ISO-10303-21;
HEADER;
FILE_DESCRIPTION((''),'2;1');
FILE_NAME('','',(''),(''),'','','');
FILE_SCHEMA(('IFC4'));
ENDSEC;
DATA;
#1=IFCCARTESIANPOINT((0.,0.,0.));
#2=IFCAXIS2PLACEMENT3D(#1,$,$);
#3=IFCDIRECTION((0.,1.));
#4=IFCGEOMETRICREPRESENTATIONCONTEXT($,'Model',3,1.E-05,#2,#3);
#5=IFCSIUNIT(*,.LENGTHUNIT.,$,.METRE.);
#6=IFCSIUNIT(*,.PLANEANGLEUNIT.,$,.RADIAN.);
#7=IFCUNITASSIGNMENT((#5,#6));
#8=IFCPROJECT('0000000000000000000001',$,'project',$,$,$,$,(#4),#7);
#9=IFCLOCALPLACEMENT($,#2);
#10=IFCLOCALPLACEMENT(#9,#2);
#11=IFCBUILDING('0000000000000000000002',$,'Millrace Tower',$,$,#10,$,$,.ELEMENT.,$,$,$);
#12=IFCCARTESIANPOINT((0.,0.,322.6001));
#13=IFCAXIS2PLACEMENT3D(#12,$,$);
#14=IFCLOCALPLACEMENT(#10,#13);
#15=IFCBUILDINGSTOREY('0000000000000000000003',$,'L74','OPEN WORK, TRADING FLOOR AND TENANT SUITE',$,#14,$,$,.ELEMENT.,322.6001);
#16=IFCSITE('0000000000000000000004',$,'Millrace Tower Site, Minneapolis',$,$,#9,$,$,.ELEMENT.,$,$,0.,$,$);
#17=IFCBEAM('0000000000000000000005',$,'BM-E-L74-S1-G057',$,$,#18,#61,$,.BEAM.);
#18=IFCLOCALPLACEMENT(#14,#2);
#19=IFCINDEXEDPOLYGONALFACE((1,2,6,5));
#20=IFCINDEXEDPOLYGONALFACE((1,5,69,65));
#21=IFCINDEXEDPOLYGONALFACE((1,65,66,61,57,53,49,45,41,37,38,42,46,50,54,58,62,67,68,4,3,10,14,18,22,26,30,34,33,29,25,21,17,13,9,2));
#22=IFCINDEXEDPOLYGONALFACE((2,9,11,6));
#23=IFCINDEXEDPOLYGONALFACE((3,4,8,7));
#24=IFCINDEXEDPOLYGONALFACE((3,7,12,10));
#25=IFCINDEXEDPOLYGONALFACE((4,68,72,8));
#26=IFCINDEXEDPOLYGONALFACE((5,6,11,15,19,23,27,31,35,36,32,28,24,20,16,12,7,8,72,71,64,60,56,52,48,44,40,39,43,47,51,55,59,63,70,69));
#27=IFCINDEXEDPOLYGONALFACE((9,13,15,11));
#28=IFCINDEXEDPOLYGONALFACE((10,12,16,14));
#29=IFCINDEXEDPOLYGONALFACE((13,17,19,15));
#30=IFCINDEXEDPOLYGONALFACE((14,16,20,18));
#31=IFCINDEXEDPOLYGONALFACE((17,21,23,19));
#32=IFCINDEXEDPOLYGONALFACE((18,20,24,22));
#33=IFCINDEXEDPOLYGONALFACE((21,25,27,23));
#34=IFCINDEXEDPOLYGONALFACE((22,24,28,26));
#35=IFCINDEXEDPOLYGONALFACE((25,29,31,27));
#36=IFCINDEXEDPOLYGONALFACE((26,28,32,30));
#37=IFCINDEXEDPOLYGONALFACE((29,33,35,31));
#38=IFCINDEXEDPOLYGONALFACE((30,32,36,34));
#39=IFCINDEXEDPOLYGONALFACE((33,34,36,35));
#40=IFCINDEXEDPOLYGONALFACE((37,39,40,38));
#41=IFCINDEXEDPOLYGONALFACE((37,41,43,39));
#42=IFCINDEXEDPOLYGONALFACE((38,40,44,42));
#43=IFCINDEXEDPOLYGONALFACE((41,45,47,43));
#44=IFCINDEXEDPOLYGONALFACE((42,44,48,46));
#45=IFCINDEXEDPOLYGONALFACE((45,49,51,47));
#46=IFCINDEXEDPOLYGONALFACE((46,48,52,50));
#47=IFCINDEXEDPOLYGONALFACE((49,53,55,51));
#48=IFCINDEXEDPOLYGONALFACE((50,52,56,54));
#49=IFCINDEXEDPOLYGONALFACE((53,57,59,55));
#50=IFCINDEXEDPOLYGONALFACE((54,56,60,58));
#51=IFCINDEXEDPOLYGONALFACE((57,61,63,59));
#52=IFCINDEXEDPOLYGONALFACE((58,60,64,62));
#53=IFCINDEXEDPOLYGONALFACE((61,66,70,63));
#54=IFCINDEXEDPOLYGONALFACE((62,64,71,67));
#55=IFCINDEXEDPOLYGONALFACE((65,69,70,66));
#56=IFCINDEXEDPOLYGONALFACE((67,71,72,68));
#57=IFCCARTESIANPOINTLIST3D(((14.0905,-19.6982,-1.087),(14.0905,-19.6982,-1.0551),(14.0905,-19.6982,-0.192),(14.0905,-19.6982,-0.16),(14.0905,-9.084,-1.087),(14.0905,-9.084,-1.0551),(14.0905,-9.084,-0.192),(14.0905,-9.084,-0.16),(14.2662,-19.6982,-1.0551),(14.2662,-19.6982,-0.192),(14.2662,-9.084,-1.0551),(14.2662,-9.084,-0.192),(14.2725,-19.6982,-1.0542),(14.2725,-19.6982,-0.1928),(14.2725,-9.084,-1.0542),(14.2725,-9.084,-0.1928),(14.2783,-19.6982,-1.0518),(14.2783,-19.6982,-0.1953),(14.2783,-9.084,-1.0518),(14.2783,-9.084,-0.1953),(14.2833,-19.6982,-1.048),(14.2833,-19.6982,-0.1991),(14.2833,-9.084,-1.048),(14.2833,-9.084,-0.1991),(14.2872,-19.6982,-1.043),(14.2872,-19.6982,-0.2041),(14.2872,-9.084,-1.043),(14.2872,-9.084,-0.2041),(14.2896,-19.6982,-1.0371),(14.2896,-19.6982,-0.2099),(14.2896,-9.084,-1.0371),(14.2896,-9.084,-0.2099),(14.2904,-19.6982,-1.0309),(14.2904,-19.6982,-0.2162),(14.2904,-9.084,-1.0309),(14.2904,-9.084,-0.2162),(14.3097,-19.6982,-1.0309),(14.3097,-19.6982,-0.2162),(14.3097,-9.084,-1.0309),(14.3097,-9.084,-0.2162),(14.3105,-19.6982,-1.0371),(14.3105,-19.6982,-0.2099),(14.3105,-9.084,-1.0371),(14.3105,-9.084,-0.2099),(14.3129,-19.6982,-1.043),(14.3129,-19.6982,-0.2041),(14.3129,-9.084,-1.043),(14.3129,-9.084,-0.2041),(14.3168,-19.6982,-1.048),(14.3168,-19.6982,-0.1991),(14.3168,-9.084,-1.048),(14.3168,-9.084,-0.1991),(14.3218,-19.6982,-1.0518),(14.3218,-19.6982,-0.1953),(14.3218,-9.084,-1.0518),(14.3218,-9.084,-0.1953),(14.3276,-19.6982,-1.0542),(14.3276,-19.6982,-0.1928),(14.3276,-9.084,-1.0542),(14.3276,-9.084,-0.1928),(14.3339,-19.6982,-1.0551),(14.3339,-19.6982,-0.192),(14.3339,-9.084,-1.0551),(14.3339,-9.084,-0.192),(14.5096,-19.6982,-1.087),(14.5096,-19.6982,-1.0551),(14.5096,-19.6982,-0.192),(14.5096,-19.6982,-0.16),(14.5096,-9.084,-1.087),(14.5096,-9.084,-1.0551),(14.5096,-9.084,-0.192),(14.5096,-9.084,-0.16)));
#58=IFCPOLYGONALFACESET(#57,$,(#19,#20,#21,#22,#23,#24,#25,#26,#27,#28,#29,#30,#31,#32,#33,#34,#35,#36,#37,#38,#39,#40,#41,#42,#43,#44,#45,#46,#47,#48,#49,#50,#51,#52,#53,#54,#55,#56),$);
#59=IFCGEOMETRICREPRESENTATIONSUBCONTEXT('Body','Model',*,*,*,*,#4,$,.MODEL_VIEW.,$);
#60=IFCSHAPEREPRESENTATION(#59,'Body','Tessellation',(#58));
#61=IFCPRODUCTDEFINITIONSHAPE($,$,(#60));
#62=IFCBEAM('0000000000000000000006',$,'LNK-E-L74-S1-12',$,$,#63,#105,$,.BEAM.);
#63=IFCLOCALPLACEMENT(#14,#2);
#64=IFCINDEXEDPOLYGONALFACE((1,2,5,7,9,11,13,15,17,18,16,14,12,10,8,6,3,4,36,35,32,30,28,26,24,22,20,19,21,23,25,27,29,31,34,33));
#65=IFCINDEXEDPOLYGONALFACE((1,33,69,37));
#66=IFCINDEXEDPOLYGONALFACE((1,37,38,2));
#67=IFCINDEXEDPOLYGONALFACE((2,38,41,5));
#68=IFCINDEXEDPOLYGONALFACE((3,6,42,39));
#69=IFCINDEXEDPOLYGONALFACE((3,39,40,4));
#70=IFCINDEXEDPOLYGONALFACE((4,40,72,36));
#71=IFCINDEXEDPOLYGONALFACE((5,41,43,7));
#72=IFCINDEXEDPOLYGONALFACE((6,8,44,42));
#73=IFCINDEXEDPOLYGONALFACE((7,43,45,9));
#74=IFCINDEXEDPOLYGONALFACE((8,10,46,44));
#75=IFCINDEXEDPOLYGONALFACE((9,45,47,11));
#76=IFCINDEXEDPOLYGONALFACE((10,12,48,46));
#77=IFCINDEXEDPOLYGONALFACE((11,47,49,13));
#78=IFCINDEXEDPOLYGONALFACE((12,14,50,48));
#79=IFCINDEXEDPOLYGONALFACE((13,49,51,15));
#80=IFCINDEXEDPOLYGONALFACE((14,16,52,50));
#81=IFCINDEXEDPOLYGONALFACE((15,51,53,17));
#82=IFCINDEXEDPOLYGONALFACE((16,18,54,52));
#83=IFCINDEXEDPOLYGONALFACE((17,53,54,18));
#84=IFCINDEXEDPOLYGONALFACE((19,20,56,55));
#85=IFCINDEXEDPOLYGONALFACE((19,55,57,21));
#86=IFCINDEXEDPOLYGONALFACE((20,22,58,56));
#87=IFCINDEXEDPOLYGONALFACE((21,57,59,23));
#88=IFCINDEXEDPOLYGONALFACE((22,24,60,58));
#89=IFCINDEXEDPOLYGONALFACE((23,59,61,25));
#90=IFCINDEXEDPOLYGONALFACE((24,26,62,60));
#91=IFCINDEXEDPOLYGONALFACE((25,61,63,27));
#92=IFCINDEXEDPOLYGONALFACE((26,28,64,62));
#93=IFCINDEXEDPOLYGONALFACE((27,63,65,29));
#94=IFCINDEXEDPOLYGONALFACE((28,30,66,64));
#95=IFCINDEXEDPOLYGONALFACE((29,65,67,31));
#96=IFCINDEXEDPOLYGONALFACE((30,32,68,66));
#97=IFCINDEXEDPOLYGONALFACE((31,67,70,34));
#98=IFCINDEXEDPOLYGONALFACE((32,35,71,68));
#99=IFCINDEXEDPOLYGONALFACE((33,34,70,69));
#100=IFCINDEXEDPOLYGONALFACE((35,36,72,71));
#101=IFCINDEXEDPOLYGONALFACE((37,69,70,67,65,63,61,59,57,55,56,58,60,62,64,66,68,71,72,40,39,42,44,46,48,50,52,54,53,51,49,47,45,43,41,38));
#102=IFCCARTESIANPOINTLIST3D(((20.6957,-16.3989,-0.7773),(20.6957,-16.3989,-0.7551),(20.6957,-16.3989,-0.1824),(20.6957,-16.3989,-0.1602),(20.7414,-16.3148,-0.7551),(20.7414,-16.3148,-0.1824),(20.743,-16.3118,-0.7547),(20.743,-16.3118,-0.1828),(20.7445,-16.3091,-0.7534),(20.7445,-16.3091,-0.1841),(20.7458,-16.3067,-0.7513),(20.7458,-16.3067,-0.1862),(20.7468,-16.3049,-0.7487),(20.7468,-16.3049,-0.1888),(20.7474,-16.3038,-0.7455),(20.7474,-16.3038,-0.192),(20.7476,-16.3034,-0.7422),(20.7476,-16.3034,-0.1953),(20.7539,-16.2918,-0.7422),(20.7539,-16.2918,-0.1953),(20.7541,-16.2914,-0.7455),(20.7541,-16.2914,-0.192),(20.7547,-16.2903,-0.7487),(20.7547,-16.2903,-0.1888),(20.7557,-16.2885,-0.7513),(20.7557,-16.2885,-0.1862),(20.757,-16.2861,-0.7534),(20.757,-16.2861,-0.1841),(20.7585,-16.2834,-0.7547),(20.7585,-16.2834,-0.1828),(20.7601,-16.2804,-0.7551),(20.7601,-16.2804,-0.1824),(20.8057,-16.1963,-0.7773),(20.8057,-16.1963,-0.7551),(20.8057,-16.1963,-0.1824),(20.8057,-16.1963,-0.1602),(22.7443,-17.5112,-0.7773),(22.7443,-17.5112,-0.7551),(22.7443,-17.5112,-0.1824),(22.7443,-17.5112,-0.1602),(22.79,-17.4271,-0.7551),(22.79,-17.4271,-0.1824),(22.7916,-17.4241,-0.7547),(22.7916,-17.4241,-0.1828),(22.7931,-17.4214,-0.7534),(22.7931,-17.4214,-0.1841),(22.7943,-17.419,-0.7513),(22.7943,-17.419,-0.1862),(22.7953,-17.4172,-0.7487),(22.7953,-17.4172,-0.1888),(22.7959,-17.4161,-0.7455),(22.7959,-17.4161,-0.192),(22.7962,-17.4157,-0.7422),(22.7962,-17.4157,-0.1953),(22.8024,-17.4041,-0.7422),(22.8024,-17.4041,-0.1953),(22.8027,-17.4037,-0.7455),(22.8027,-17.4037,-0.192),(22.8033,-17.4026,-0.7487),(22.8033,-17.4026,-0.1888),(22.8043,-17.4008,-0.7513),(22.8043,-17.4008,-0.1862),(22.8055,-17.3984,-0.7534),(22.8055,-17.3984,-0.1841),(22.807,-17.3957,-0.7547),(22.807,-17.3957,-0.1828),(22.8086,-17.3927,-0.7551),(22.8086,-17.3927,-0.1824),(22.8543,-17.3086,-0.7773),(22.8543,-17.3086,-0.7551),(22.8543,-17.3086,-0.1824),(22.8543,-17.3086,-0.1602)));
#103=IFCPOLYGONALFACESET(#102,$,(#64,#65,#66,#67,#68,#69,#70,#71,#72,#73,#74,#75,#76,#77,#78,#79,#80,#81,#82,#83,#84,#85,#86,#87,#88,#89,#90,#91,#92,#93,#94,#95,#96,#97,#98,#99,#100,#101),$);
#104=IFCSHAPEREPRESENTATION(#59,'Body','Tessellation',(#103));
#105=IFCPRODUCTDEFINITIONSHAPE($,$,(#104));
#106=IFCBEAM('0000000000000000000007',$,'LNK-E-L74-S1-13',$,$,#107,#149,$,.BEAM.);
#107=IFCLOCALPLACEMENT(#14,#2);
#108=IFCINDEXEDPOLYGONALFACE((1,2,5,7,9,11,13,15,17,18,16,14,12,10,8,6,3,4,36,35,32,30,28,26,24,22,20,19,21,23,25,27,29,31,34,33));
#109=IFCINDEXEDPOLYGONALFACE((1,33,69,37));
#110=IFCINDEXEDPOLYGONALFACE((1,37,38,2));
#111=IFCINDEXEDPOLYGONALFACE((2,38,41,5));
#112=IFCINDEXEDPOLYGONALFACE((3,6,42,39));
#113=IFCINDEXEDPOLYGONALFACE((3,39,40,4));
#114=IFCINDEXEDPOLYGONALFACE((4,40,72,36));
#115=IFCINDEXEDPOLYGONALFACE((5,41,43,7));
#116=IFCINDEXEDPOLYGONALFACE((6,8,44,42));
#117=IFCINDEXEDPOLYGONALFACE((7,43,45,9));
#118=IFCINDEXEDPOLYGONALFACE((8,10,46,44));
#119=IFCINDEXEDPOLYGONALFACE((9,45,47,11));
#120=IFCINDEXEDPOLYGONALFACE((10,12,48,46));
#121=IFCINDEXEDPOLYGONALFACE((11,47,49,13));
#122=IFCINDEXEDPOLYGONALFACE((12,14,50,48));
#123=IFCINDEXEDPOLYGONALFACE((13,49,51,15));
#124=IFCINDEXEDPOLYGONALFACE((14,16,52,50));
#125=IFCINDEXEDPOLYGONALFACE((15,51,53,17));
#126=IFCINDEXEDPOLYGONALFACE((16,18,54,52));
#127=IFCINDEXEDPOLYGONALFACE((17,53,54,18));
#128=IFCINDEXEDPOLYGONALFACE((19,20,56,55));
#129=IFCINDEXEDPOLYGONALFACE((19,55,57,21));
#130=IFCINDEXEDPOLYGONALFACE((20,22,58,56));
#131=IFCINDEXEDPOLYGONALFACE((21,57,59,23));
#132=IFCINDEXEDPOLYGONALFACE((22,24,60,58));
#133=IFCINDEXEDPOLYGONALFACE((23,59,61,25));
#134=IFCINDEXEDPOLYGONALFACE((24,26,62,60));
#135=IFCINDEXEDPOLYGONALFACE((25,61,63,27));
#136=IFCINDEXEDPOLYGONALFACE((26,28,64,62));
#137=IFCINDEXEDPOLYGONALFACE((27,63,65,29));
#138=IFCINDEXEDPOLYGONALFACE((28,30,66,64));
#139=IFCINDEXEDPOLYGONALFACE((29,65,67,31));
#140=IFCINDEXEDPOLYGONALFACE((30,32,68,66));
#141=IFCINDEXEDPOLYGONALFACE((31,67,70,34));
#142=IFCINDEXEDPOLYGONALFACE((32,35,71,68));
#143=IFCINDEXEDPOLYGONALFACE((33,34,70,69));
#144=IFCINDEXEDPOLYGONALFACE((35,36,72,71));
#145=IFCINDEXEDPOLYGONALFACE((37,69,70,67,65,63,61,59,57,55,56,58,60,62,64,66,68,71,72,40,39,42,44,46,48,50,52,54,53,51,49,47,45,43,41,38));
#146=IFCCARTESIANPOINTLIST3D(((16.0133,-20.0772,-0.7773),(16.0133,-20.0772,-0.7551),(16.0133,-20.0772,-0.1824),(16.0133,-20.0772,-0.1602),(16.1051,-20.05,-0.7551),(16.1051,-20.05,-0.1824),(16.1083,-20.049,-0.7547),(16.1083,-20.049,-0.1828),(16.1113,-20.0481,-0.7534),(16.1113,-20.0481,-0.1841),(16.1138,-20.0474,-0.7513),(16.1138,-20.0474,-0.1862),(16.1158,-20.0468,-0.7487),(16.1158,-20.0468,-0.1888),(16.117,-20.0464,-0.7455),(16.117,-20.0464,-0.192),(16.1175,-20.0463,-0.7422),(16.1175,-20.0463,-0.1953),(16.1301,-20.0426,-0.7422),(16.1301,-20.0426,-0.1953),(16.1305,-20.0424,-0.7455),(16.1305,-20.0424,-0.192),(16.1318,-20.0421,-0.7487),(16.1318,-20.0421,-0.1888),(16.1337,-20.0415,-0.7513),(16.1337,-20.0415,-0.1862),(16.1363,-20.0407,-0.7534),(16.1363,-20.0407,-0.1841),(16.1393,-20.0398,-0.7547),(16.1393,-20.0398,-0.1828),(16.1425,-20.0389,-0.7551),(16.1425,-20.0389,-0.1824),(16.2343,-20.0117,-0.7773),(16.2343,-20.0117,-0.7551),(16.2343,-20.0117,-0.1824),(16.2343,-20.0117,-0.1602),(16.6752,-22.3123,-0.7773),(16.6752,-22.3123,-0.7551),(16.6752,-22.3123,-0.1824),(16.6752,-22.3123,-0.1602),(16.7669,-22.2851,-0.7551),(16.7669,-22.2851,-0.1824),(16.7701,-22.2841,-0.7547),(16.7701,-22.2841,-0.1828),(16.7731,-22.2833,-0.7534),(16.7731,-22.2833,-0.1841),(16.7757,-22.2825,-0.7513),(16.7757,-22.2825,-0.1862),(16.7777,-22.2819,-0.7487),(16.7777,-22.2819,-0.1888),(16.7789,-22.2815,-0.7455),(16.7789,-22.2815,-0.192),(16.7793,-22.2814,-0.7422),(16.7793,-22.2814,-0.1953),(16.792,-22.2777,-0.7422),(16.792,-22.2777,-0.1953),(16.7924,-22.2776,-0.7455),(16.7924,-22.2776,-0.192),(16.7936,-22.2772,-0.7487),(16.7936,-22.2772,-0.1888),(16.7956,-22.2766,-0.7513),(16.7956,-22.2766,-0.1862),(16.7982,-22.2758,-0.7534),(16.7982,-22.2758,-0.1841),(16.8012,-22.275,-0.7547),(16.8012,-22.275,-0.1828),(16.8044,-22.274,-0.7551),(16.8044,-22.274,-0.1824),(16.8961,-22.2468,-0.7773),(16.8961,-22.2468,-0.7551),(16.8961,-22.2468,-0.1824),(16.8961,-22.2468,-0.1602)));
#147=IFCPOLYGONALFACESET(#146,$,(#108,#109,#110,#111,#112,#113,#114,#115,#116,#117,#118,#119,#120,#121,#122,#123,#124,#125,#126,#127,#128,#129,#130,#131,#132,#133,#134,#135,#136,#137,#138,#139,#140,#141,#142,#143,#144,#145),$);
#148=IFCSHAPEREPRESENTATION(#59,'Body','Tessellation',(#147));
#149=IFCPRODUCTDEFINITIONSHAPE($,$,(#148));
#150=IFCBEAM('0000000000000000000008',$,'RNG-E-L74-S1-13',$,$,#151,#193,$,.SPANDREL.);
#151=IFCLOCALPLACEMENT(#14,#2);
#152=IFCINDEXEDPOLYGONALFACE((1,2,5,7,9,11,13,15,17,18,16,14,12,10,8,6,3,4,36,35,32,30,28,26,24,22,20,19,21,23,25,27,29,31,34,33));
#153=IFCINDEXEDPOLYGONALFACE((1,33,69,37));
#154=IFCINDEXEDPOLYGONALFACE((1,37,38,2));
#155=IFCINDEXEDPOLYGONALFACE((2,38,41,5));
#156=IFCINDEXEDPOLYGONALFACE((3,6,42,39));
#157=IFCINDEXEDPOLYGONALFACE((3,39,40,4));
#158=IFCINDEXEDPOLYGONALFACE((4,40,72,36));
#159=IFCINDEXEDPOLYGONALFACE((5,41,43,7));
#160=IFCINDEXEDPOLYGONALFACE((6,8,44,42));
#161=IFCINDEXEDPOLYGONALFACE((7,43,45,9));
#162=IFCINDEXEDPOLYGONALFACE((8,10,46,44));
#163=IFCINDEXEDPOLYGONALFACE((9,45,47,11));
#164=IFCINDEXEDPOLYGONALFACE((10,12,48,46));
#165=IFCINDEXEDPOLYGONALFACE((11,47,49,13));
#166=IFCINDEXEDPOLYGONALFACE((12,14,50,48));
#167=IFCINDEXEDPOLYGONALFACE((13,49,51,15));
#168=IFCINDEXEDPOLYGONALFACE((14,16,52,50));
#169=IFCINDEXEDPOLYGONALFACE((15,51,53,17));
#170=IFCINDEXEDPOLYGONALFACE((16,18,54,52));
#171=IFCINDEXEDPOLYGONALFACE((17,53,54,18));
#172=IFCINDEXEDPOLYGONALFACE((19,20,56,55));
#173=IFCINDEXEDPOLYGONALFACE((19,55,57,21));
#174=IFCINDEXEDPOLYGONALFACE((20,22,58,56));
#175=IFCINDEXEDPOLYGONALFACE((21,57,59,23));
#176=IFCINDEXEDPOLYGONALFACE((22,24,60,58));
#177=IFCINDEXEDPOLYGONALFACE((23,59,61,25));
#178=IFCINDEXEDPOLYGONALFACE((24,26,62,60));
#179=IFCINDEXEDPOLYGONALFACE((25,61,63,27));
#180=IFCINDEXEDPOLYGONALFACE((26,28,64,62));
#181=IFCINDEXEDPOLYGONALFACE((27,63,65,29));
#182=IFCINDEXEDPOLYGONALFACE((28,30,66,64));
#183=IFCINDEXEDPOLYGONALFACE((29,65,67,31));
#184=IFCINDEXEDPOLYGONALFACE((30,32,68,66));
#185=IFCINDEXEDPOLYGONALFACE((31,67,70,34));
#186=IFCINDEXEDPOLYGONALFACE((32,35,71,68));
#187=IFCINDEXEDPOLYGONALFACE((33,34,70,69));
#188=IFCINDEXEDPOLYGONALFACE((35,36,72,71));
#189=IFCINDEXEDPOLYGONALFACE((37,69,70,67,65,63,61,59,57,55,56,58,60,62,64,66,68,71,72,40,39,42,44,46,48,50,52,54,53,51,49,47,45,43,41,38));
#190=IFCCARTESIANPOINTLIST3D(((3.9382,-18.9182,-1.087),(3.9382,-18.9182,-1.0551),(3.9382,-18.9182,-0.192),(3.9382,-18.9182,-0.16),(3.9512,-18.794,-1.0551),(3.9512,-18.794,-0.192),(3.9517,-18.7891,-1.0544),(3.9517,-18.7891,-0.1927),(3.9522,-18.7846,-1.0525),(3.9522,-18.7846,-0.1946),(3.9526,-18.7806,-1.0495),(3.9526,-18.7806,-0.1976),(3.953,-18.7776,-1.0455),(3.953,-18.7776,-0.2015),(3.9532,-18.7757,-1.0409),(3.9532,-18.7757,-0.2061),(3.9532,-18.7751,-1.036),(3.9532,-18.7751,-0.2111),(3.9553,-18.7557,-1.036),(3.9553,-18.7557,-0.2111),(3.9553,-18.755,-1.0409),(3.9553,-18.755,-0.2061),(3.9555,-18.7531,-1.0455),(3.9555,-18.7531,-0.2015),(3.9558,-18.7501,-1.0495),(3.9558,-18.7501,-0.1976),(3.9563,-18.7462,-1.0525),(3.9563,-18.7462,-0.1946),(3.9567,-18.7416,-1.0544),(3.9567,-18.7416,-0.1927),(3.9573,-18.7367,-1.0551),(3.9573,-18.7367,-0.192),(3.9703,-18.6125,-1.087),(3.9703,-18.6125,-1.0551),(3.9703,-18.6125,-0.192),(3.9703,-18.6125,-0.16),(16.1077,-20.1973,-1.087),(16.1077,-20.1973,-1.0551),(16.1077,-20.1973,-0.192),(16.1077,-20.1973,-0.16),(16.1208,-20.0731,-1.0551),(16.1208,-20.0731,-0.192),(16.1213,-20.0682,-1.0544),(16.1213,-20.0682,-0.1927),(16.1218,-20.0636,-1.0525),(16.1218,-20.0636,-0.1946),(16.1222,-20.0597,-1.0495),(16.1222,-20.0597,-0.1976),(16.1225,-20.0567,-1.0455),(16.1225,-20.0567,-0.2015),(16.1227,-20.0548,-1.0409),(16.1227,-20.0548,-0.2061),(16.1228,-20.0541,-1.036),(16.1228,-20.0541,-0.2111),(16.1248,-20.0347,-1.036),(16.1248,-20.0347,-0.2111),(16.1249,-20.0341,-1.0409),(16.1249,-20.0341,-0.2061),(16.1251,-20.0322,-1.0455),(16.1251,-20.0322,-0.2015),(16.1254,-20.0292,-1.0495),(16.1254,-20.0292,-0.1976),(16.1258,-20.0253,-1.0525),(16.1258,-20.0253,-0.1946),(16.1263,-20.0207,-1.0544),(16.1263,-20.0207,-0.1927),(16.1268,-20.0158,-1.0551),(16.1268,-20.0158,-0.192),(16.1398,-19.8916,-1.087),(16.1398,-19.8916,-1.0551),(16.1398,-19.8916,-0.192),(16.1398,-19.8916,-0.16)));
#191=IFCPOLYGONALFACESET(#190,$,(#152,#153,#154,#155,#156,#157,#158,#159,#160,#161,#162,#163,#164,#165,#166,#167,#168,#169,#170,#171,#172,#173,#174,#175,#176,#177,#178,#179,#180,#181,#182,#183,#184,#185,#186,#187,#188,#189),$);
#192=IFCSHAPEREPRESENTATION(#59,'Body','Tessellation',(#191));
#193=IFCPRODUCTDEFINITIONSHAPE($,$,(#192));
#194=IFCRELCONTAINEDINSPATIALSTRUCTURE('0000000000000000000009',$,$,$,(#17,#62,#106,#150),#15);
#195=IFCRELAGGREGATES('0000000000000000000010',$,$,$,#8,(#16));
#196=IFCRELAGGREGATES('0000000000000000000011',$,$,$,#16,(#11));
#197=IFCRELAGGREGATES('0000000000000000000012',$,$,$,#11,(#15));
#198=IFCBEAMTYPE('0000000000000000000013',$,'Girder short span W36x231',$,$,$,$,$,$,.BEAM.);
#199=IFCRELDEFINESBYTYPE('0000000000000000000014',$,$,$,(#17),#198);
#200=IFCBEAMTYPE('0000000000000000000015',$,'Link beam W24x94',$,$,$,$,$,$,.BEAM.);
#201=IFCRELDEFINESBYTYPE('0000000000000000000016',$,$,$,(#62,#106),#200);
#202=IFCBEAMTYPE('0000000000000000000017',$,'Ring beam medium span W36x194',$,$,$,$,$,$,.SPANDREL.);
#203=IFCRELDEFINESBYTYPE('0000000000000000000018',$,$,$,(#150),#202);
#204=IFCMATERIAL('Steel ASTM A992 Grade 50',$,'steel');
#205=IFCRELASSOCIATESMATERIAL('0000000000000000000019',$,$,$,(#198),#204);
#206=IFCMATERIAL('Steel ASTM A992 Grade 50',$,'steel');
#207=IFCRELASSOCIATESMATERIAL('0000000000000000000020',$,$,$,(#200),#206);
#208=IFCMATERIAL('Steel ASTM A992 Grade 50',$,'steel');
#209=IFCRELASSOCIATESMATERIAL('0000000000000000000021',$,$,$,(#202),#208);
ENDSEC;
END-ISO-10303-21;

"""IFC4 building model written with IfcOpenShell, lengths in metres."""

from ifc_helpers import new_model, si_unit, direction, frame, origin, origin_2d, place, context, subcontext, project, spatial, i_section, extrude, material, material_profile, profile_set, type_object, element, save


model = new_model("IFC4")

# Units and contexts
model_context = context("Model", 3, precision=1e-05, world=origin(), true_north=direction((0.0, 1.0)))
body_context = subcontext(model_context, "Body", "Model", "MODEL_VIEW")
ifc_project = project(units=[si_unit("LENGTHUNIT", "METRE"), si_unit("PLANEANGLEUNIT", "RADIAN")], contexts=[model_context])

# Site, building, storey
site_placement = place(None, origin())
site = spatial("IfcSite", under=ifc_project, at=site_placement, Name="Millrace Tower Site, Minneapolis", CompositionType="ELEMENT", RefElevation=0.0)
building_placement = place(site_placement, origin())
building = spatial("IfcBuilding", under=site, at=building_placement, Name="Millrace Tower", CompositionType="ELEMENT")
storey_placement = place(building_placement, frame((0.0, 0.0, 322.6001)))
storey = spatial("IfcBuildingStorey", under=building, at=storey_placement, Name="L74", Description="OPEN WORK, TRADING FLOOR AND TENANT SUITE", CompositionType="ELEMENT", Elevation=322.6001)

# Beams
ifc_material_1 = material(Name="Steel ASTM A992 Grade 50", Category="steel")
ifc_material_profile_1 = material_profile(ifc_material_1, i_section(OverallWidth=0.4192, OverallDepth=0.927, WebThickness=0.0193, FlangeThickness=0.032, FilletRadius=0.0242, at=origin_2d()))
ifc_profile_set_1 = profile_set([ifc_material_profile_1], Name="Steel ASTM A992 Grade 50")
beam_type_1 = type_object("IfcBeamType", Name="Girder short span W36x231", PredefinedType="BEAM", material=ifc_profile_set_1)
beam_1_placement = place(storey_placement, frame((14.3, -19.6982, -0.6235), z_axis=(0.0, 1.0, 0.0), x_axis=(-1.0, 0.0, 0.0)))
element("IfcBeam", 1, at=beam_1_placement, inside=storey, type_object=beam_type_1, Name="BM-E-L74-S1-G057", PredefinedType="BEAM", context=body_context, shape_type="SweptSolid", body=[
    extrude(i_section(OverallWidth=0.4192, OverallDepth=0.927, WebThickness=0.0193, FlangeThickness=0.032, FilletRadius=0.0242, at=origin_2d()), origin(), (0.0, 0.0, 1.0), 10.6143),
])
ifc_material_2 = material(Name="Steel ASTM A992 Grade 50", Category="steel")
ifc_material_profile_2 = material_profile(ifc_material_2, i_section(OverallWidth=0.2305, OverallDepth=0.6172, WebThickness=0.0132, FlangeThickness=0.0222, FilletRadius=0.0129, at=origin_2d()))
ifc_profile_set_2 = profile_set([ifc_material_profile_2], Name="Steel ASTM A992 Grade 50")
beam_type_2 = type_object("IfcBeamType", Name="Link beam W24x94", PredefinedType="BEAM", material=ifc_profile_set_2)
for number, where, z_axis, x_axis, name in (
    (2, (20.7507, -16.2976, -0.4688), (0.878815, -0.477164, 0.0), (0.477164, 0.878815, 0.0), "LNK-E-L74-S1-12"),
    (3, (16.1238, -20.0444, -0.4688), (0.283935, -0.958844, 0.0), (0.958844, 0.283935, 0.0), "LNK-E-L74-S1-13"),
):
    element("IfcBeam", number, at=place(storey_placement, frame(where, z_axis=z_axis, x_axis=x_axis)), inside=storey, type_object=beam_type_2, Name=name, PredefinedType="BEAM", context=body_context, shape_type="SweptSolid", body=[
        extrude(i_section(OverallWidth=0.2305, OverallDepth=0.6172, WebThickness=0.0132, FlangeThickness=0.0222, FilletRadius=0.0129, at=origin_2d()), origin(), (0.0, 0.0, 1.0), 2.3311),
    ])
ifc_material_3 = material(Name="Steel ASTM A992 Grade 50", Category="steel")
ifc_material_profile_3 = material_profile(ifc_material_3, i_section(OverallWidth=0.3074, OverallDepth=0.927, WebThickness=0.0195, FlangeThickness=0.032, FilletRadius=0.019, at=origin_2d()))
ifc_profile_set_3 = profile_set([ifc_material_profile_3], Name="Steel ASTM A992 Grade 50")
beam_type_3 = type_object("IfcBeamType", Name="Ring beam medium span W36x194", PredefinedType="SPANDREL", material=ifc_profile_set_3)
beam_2_placement = place(storey_placement, frame((16.1238, -20.0444, -0.6235), z_axis=(-0.994522, 0.104528, 0.0), x_axis=(-0.104528, -0.994522, 0.0)))
element("IfcBeam", 4, at=beam_2_placement, inside=storey, type_object=beam_type_3, Name="RNG-E-L74-S1-13", PredefinedType="SPANDREL", context=body_context, shape_type="SweptSolid", body=[
    extrude(i_section(OverallWidth=0.3074, OverallDepth=0.927, WebThickness=0.0195, FlangeThickness=0.032, FilletRadius=0.019, at=origin_2d()), origin(), (0.0, 0.0, 1.0), 12.2366),
])

save(model, "model.ifc")
